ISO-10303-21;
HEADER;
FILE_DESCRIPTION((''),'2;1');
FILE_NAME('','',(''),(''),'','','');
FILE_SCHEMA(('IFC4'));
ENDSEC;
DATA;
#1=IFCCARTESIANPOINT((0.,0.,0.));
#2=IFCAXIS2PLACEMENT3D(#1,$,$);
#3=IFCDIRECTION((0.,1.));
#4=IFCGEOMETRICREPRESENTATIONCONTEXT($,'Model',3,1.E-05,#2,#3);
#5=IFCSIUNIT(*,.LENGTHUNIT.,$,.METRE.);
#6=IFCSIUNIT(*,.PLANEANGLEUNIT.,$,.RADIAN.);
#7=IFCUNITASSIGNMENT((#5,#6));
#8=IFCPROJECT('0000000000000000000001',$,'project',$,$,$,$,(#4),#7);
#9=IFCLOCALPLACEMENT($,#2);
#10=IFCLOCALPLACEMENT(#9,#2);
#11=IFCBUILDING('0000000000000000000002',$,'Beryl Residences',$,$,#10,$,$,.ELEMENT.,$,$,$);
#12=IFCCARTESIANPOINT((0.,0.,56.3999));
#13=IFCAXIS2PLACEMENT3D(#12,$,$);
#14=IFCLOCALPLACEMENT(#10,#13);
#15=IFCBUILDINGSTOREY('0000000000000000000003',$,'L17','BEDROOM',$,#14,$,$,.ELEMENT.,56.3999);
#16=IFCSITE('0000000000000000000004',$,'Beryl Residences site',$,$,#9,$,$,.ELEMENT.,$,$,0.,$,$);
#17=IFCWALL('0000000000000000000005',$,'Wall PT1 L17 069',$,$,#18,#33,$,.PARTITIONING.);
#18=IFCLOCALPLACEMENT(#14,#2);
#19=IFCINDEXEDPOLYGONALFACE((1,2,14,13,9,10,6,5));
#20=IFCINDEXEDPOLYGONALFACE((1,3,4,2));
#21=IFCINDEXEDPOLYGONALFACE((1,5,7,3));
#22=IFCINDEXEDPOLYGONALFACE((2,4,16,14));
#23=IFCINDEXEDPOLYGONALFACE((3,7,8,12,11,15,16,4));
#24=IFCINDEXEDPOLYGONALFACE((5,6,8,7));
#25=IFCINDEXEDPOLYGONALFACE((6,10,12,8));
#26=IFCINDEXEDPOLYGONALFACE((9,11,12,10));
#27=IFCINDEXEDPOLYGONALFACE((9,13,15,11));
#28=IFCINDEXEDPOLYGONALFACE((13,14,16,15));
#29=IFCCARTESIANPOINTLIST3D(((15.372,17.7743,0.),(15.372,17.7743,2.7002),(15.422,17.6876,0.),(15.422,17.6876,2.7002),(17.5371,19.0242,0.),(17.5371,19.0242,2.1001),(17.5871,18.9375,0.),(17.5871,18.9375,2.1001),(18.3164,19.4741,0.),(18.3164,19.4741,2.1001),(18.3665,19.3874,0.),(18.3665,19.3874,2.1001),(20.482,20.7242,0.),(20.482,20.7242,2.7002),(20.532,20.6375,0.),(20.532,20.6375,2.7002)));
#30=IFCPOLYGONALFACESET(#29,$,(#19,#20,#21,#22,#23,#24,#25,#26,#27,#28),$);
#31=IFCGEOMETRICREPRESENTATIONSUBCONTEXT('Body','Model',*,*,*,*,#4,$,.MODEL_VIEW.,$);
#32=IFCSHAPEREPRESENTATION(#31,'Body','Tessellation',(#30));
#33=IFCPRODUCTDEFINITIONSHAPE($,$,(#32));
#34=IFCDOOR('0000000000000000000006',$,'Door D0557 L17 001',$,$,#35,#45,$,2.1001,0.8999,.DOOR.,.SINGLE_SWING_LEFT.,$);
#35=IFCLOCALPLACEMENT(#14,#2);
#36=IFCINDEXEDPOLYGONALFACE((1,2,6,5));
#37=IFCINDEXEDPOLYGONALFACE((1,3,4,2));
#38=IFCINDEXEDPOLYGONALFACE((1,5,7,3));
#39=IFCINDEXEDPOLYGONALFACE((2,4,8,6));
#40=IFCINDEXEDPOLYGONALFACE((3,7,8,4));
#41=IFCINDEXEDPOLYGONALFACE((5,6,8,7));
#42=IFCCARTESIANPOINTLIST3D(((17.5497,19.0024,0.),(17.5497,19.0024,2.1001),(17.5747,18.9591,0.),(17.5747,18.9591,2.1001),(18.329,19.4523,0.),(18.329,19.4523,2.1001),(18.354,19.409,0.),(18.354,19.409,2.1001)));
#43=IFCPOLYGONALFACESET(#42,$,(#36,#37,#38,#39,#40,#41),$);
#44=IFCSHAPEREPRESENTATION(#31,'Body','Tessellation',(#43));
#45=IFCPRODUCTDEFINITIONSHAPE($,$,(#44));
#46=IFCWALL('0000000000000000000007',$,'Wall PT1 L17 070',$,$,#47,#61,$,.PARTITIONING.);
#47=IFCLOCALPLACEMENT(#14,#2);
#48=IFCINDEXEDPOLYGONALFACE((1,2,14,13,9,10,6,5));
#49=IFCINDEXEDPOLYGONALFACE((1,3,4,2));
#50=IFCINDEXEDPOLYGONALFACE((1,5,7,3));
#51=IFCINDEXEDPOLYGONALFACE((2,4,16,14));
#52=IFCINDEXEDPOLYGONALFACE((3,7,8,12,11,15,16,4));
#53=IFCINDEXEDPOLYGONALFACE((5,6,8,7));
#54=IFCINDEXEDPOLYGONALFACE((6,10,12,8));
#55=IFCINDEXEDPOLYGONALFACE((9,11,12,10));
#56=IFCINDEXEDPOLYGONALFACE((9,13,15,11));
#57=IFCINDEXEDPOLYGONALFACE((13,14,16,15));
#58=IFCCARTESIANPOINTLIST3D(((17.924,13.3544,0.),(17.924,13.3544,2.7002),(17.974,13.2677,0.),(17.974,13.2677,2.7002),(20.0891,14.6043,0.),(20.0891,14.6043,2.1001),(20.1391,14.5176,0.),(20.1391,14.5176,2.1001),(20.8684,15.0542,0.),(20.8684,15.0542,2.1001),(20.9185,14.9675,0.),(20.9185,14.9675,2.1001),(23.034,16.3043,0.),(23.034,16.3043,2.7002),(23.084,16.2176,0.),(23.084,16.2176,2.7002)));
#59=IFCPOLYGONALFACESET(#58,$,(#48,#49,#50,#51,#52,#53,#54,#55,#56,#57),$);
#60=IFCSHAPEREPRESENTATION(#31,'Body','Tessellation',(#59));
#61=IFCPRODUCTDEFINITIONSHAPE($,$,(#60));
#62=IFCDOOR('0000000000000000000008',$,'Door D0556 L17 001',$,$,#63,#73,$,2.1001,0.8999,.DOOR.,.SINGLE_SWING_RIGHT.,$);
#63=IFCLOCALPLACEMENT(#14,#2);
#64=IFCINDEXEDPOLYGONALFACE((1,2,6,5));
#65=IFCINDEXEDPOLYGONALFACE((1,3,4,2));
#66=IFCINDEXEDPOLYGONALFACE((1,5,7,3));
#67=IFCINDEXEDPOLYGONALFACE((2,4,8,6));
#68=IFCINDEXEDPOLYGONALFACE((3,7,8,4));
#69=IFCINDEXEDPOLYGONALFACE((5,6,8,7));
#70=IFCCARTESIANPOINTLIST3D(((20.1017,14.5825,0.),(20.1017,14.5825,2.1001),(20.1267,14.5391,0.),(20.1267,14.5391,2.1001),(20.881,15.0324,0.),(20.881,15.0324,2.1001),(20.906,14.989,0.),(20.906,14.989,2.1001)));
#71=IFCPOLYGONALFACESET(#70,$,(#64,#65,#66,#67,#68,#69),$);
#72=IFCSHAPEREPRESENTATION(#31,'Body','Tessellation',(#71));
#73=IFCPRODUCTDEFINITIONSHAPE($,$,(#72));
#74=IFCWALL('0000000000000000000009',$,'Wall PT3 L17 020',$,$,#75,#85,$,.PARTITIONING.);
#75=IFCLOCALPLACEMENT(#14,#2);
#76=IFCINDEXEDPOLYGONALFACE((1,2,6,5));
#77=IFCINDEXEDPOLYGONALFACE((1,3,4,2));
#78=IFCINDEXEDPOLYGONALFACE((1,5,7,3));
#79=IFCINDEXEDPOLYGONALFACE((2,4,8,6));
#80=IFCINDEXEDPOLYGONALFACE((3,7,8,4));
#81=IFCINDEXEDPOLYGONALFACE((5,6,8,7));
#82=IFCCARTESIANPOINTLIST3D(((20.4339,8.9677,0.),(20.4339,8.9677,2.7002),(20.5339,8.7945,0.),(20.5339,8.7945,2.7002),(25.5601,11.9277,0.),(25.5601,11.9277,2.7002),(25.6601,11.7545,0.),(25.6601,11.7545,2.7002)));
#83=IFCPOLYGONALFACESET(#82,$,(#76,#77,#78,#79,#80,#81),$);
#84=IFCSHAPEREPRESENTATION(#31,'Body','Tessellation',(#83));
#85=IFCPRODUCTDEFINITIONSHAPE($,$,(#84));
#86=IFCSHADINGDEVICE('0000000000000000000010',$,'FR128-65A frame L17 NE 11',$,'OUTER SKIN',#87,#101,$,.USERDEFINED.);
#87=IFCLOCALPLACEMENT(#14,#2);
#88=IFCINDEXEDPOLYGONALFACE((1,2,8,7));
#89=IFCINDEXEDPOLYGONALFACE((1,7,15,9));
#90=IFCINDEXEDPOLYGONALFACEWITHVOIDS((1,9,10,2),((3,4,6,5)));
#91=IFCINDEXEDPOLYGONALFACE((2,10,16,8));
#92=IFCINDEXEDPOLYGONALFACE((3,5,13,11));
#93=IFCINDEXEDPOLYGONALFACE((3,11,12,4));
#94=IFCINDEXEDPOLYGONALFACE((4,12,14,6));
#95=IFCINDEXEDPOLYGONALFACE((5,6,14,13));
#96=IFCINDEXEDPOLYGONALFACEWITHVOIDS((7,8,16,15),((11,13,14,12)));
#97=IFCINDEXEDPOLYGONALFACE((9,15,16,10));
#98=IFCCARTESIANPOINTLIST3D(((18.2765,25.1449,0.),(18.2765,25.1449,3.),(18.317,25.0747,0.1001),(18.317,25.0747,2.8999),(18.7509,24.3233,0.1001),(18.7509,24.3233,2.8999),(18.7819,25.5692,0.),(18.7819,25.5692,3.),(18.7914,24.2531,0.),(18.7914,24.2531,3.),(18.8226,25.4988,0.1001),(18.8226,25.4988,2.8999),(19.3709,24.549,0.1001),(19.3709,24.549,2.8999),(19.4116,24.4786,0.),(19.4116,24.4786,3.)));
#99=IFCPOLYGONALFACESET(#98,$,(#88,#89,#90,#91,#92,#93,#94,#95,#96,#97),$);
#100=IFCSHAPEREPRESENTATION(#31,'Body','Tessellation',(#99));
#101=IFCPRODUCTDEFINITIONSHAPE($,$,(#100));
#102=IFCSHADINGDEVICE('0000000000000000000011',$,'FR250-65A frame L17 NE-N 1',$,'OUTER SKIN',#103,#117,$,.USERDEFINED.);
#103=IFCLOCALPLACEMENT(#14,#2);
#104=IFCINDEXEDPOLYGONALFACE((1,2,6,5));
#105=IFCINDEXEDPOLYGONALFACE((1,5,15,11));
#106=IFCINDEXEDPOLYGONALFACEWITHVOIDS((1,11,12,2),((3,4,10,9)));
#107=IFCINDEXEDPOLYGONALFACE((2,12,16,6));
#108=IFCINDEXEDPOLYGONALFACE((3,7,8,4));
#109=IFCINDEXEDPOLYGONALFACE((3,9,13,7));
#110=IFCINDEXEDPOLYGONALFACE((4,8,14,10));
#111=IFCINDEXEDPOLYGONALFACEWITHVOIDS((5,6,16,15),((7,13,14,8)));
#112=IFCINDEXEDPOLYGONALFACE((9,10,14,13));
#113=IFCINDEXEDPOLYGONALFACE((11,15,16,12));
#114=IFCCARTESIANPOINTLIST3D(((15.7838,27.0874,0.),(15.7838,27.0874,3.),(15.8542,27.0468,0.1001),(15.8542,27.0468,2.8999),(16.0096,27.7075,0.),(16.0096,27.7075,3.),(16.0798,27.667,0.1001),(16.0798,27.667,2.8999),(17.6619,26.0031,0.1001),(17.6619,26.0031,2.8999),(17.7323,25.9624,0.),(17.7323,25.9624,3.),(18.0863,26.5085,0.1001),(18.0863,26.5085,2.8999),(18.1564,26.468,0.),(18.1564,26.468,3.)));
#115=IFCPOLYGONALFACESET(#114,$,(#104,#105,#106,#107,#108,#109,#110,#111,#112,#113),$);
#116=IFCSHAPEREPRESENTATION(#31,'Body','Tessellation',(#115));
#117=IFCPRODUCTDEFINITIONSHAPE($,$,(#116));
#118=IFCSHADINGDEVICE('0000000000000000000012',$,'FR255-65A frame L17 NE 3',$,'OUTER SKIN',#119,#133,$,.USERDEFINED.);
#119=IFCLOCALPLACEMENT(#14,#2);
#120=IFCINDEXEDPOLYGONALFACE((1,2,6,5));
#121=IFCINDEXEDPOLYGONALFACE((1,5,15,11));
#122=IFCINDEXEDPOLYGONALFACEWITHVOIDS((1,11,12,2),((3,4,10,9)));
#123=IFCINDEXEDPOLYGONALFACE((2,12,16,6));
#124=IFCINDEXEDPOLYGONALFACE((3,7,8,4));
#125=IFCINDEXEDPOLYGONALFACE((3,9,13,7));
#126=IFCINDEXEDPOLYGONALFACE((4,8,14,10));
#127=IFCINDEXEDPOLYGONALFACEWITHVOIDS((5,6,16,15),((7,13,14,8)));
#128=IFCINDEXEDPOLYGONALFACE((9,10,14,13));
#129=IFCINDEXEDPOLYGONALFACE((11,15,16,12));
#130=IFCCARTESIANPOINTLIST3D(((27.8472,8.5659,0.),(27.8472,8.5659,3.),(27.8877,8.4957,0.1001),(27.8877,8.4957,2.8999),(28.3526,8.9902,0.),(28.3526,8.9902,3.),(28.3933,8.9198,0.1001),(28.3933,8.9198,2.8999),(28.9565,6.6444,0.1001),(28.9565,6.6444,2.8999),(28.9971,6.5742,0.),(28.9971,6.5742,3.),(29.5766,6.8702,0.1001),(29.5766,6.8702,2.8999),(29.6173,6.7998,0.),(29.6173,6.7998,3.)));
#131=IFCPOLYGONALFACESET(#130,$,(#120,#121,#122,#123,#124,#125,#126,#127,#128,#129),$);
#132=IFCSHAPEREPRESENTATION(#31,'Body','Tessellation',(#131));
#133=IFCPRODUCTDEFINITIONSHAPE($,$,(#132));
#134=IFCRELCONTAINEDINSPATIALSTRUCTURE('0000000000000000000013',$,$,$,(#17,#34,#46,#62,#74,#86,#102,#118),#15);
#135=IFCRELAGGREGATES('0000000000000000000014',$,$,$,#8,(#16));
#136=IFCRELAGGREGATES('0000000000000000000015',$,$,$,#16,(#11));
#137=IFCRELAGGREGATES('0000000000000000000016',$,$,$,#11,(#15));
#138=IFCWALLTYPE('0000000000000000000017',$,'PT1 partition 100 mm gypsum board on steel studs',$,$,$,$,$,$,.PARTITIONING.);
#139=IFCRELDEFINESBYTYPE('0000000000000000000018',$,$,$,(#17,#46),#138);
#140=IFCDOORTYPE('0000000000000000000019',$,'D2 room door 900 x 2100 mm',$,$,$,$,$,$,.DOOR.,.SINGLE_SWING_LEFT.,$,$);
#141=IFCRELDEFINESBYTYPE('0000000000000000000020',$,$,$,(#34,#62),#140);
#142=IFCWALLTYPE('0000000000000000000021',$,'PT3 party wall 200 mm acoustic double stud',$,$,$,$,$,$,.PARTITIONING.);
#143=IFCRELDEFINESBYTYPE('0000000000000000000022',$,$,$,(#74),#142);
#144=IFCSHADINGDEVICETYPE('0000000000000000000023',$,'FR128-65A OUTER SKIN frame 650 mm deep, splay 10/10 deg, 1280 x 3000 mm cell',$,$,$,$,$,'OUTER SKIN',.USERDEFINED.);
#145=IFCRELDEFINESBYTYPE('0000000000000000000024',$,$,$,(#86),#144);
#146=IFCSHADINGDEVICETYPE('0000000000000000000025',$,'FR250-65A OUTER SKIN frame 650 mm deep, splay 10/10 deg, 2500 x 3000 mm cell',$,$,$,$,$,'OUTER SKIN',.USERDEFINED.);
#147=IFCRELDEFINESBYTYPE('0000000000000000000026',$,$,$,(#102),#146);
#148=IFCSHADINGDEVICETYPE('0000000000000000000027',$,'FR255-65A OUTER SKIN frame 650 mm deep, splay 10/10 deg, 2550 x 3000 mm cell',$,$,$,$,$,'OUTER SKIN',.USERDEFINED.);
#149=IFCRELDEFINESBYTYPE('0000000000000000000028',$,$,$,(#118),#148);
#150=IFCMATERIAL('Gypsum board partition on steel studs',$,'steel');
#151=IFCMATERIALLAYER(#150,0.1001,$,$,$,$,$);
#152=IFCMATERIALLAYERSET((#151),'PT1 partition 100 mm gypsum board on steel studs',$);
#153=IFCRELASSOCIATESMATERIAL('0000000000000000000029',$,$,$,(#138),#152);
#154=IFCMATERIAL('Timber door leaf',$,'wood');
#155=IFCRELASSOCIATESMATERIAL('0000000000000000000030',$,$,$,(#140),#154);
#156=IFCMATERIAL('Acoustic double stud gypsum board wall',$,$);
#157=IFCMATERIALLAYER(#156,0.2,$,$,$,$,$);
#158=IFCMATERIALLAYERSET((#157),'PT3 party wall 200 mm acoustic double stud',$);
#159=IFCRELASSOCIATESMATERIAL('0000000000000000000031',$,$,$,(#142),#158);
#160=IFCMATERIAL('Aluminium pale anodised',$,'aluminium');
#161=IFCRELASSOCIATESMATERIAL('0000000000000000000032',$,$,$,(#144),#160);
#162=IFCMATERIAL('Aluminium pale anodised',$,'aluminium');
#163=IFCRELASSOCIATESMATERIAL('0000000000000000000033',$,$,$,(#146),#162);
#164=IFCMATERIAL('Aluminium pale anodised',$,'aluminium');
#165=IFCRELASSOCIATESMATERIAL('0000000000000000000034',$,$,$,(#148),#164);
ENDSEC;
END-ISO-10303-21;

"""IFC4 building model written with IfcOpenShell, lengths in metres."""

from ifc_helpers import new_model, entity, si_unit, direction, frame, frame_2d, origin, place, context, subcontext, project, spatial, rectangle, extrude, source, transform, mapped, material, layer, layer_set, type_object, type_shapes, element, fill, save


model = new_model("IFC4")

# Units and contexts
model_context = context("Model", 3, precision=1e-05, world=origin(), true_north=direction((0.0, 1.0)))
body_context = subcontext(model_context, "Body", "Model", "MODEL_VIEW")
ifc_project = project(units=[si_unit("LENGTHUNIT", "METRE"), si_unit("PLANEANGLEUNIT", "RADIAN")], contexts=[model_context])

# Site, building, storey
site_placement = place(None, origin())
site = spatial("IfcSite", under=ifc_project, at=site_placement, Name="Beryl Residences site", CompositionType="ELEMENT", RefElevation=0.0)
building_placement = place(site_placement, origin())
building = spatial("IfcBuilding", under=site, at=building_placement, Name="Beryl Residences", CompositionType="ELEMENT")
storey_placement = place(building_placement, frame((0.0, 0.0, 56.3999)))
storey = spatial("IfcBuildingStorey", under=building, at=storey_placement, Name="L17", Description="BEDROOM", CompositionType="ELEMENT", Elevation=56.3999)

# Walls, openings, doors
ifc_material_1 = material(Name="Gypsum board partition on steel studs", Category="steel")
ifc_layer_1 = layer(ifc_material_1, 0.1001)
ifc_layer_set_1 = layer_set([ifc_layer_1], Name="PT1 partition 100 mm gypsum board on steel studs")
wall_type_1 = type_object("IfcWallType", Name="PT1 partition 100 mm gypsum board on steel studs", PredefinedType="PARTITIONING", material=ifc_layer_set_1)
ifc_material_2 = material(Name="Timber door leaf", Category="wood")
door_type = type_object("IfcDoorType", Name="D2 room door 900 x 2100 mm", OperationType="SINGLE_SWING_LEFT", PredefinedType="DOOR", material=ifc_material_2)
wall_1_placement = place(storey_placement, frame((15.397, 17.731, 0.0), z_axis=(0.0, 0.0, 1.0), x_axis=(0.866053, 0.499953, 0.0)))
wall_1 = element("IfcWall", 1, at=wall_1_placement, inside=storey, type_object=wall_type_1, Name="Wall PT1 L17 069", PredefinedType="PARTITIONING", context=body_context, shape_type="SweptSolid", body=[
    extrude(rectangle(XDim=5.9004, YDim=0.1001, at=frame_2d((2.9502, 0.0))), origin(), (0.0, 0.0, 1.0), 2.7002),
])
opening_1_placement = place(wall_1_placement, frame((2.5, 0.0, 0.0)))
opening_1 = element("IfcOpeningElement", 2, at=opening_1_placement, cuts=wall_1, PredefinedType="OPENING", context=body_context, shape_type="SweptSolid", body=[
    extrude(rectangle(XDim=0.8999, YDim=2.1001, at=frame_2d((0.45, 1.05))), frame((0.0, 0.0601, 0.0), z_axis=(0.0, -1.0, 0.0), x_axis=(1.0, 0.0, 0.0)), (0.0, 0.0, 1.0), 0.1201),
])
door_1_placement = place(opening_1_placement, origin())
door_1 = element("IfcDoor", 3, at=door_1_placement, inside=storey, type_object=door_type, Name="Door D0557 L17 001", OperationType="SINGLE_SWING_LEFT", OverallHeight=2.1001, OverallWidth=0.8999, PredefinedType="DOOR", context=body_context, shape_type="SweptSolid", body=[
    extrude(rectangle(XDim=0.8999, YDim=2.1001, at=frame_2d((0.45, 1.05))), frame((0.0, 0.0249, 0.0), z_axis=(0.0, -1.0, 0.0), x_axis=(1.0, 0.0, 0.0)), (0.0, 0.0, 1.0), 0.05),
])
fill(opening_1, door_1)
wall_2_placement = place(storey_placement, frame((17.949, 13.311, 0.0), z_axis=(0.0, 0.0, 1.0), x_axis=(0.866053, 0.499953, 0.0)))
wall_2 = element("IfcWall", 4, at=wall_2_placement, inside=storey, type_object=wall_type_1, Name="Wall PT1 L17 070", PredefinedType="PARTITIONING", context=body_context, shape_type="SweptSolid", body=[
    extrude(rectangle(XDim=5.9004, YDim=0.1001, at=frame_2d((2.9502, 0.0))), origin(), (0.0, 0.0, 1.0), 2.7002),
])
opening_2_placement = place(wall_2_placement, frame((2.5, 0.0, 0.0)))
opening_2 = element("IfcOpeningElement", 5, at=opening_2_placement, cuts=wall_2, PredefinedType="OPENING", context=body_context, shape_type="SweptSolid", body=[
    extrude(rectangle(XDim=0.8999, YDim=2.1001, at=frame_2d((0.45, 1.05))), frame((0.0, 0.0601, 0.0), z_axis=(0.0, -1.0, 0.0), x_axis=(1.0, 0.0, 0.0)), (0.0, 0.0, 1.0), 0.1201),
])
door_2_placement = place(opening_2_placement, origin())
door_2 = element("IfcDoor", 6, at=door_2_placement, inside=storey, type_object=door_type, Name="Door D0556 L17 001", OperationType="SINGLE_SWING_RIGHT", OverallHeight=2.1001, OverallWidth=0.8999, PredefinedType="DOOR", context=body_context, shape_type="SweptSolid", body=[
    extrude(rectangle(XDim=0.8999, YDim=2.1001, at=frame_2d((0.45, 1.05))), frame((0.0, 0.0249, 0.0), z_axis=(0.0, -1.0, 0.0), x_axis=(1.0, 0.0, 0.0)), (0.0, 0.0, 1.0), 0.05),
])
fill(opening_2, door_2)

# Wall
ifc_material_3 = material(Name="Acoustic double stud gypsum board wall")
ifc_layer_2 = layer(ifc_material_3, 0.2)
ifc_layer_set_2 = layer_set([ifc_layer_2], Name="PT3 party wall 200 mm acoustic double stud")
wall_type_2 = type_object("IfcWallType", Name="PT3 party wall 200 mm acoustic double stud", PredefinedType="PARTITIONING", material=ifc_layer_set_2)
wall_3_placement = place(storey_placement, frame((20.4839, 8.8811, 0.0), z_axis=(0.0, 0.0, 1.0), x_axis=(0.866001, 0.500043, 0.0)))
element("IfcWall", 7, at=wall_3_placement, inside=storey, type_object=wall_type_2, Name="Wall PT3 L17 020", PredefinedType="PARTITIONING", context=body_context, shape_type="SweptSolid", body=[
    extrude(rectangle(XDim=5.9194, YDim=0.2, at=frame_2d((2.9597, 0.0))), origin(), (0.0, 0.0, 1.0), 2.7002),
])

# Shading devices
ifc_material_4 = material(Name="Aluminium pale anodised", Category="aluminium")
shading_device_type_1 = type_object("IfcShadingDeviceType", Name="FR128-65A OUTER SKIN frame 650 mm deep, splay 10/10 deg, 1280 x 3000 mm cell", ElementType="OUTER SKIN", PredefinedType="USERDEFINED", material=ifc_material_4)
cartesian_point_1 = entity("IfcCartesianPoint", [-0.5149, 0.0])
cartesian_point_2 = entity("IfcCartesianPoint", [-0.4338, 0.1001])
cartesian_point_3 = entity("IfcCartesianPoint", [-0.6296, 0.0])
cartesian_point_4 = entity("IfcCartesianPoint", [-0.5483, 0.1001])
shared_shape_1 = source(origin(), body_context, "Body", "SweptSolid", [
    entity("IfcExtrudedAreaSolidTapered", entity("IfcArbitraryProfileDefWithVoids", "AREA", None, entity("IfcPolyline", [cartesian_point_1, entity("IfcCartesianPoint", [0.5149, 0.0]), entity("IfcCartesianPoint", [0.5149, 3.0]), entity("IfcCartesianPoint", [-0.5149, 3.0]), cartesian_point_1]), [entity("IfcPolyline", [cartesian_point_2, entity("IfcCartesianPoint", [0.4338, 0.1001]), entity("IfcCartesianPoint", [0.4338, 2.8999]), entity("IfcCartesianPoint", [-0.4338, 2.8999]), cartesian_point_2])]), entity("IfcAxis2Placement3D", entity("IfcCartesianPoint", [0.0, 0.0, 0.0]), entity("IfcDirection", [0.0, 1.0, 0.0]), entity("IfcDirection", [-1.0, 0.0, 0.0])), entity("IfcDirection", [0.0, 0.0, 1.0]), 0.6499, entity("IfcArbitraryProfileDefWithVoids", "AREA", None, entity("IfcPolyline", [cartesian_point_3, entity("IfcCartesianPoint", [0.6296, 0.0]), entity("IfcCartesianPoint", [0.6296, 3.0]), entity("IfcCartesianPoint", [-0.6296, 3.0]), cartesian_point_3]), [entity("IfcPolyline", [cartesian_point_4, entity("IfcCartesianPoint", [0.5483, 0.1001]), entity("IfcCartesianPoint", [0.5483, 2.8999]), entity("IfcCartesianPoint", [-0.5483, 2.8999]), cartesian_point_4])])),
])
type_shapes(shading_device_type_1, [shared_shape_1])
shading_device_1_placement = place(storey_placement, frame((18.5339, 24.699, 0.0), z_axis=(0.0, 0.0, 1.0), x_axis=(0.5, -0.866025, 0.0)))
element("IfcShadingDevice", 8, at=shading_device_1_placement, inside=storey, type_object=shading_device_type_1, Name="FR128-65A frame L17 NE 11", ObjectType="OUTER SKIN", PredefinedType="USERDEFINED", context=body_context, shape_type="MappedRepresentation", body=[
    mapped(shared_shape_1, transform((0.0, 0.0, 0.0))),
])
ifc_material_5 = material(Name="Aluminium pale anodised", Category="aluminium")
shading_device_type_2 = type_object("IfcShadingDeviceType", Name="FR250-65A OUTER SKIN frame 650 mm deep, splay 10/10 deg, 2500 x 3000 mm cell", ElementType="OUTER SKIN", PredefinedType="USERDEFINED", material=ifc_material_5)
cartesian_point_5 = entity("IfcCartesianPoint", [-1.125, 0.0])
cartesian_point_6 = entity("IfcCartesianPoint", [-1.0437, 0.1001])
cartesian_point_7 = entity("IfcCartesianPoint", [-1.2395, 0.0])
cartesian_point_8 = entity("IfcCartesianPoint", [-1.1584, 0.1001])
shared_shape_2 = source(origin(), body_context, "Body", "SweptSolid", [
    entity("IfcExtrudedAreaSolidTapered", entity("IfcArbitraryProfileDefWithVoids", "AREA", None, entity("IfcPolyline", [cartesian_point_5, entity("IfcCartesianPoint", [1.125, 0.0]), entity("IfcCartesianPoint", [1.125, 3.0]), entity("IfcCartesianPoint", [-1.125, 3.0]), cartesian_point_5]), [entity("IfcPolyline", [cartesian_point_6, entity("IfcCartesianPoint", [1.0437, 0.1001]), entity("IfcCartesianPoint", [1.0437, 2.8999]), entity("IfcCartesianPoint", [-1.0437, 2.8999]), cartesian_point_6])]), entity("IfcAxis2Placement3D", entity("IfcCartesianPoint", [0.0, 0.0, 0.0]), entity("IfcDirection", [0.0, 1.0, 0.0]), entity("IfcDirection", [-1.0, 0.0, 0.0])), entity("IfcDirection", [0.0, 0.0, 1.0]), 0.6499, entity("IfcArbitraryProfileDefWithVoids", "AREA", None, entity("IfcPolyline", [cartesian_point_7, entity("IfcCartesianPoint", [1.2395, 0.0]), entity("IfcCartesianPoint", [1.2395, 3.0]), entity("IfcCartesianPoint", [-1.2395, 3.0]), cartesian_point_7]), [entity("IfcPolyline", [cartesian_point_8, entity("IfcCartesianPoint", [1.1584, 0.1001]), entity("IfcCartesianPoint", [1.1584, 2.8999]), entity("IfcCartesianPoint", [-1.1584, 2.8999]), cartesian_point_8])])),
])
type_shapes(shading_device_type_2, [shared_shape_2])
shading_device_2_placement = place(storey_placement, frame((16.7581, 26.5249, 0.0), z_axis=(0.0, 0.0, 1.0), x_axis=(0.866025, -0.5, 0.0)))
element("IfcShadingDevice", 9, at=shading_device_2_placement, inside=storey, type_object=shading_device_type_2, Name="FR250-65A frame L17 NE-N 1", ObjectType="OUTER SKIN", PredefinedType="USERDEFINED", context=body_context, shape_type="MappedRepresentation", body=[
    mapped(shared_shape_2, transform((0.0, 0.0, 0.0))),
])
ifc_material_6 = material(Name="Aluminium pale anodised", Category="aluminium")
shading_device_type_3 = type_object("IfcShadingDeviceType", Name="FR255-65A OUTER SKIN frame 650 mm deep, splay 10/10 deg, 2550 x 3000 mm cell", ElementType="OUTER SKIN", PredefinedType="USERDEFINED", material=ifc_material_6)
cartesian_point_9 = entity("IfcCartesianPoint", [-1.1499, 0.0])
cartesian_point_10 = entity("IfcCartesianPoint", [-1.0688, 0.1001])
cartesian_point_11 = entity("IfcCartesianPoint", [-1.2646, 0.0])
cartesian_point_12 = entity("IfcCartesianPoint", [-1.1833, 0.1001])
shared_shape_3 = source(origin(), body_context, "Body", "SweptSolid", [
    entity("IfcExtrudedAreaSolidTapered", entity("IfcArbitraryProfileDefWithVoids", "AREA", None, entity("IfcPolyline", [cartesian_point_9, entity("IfcCartesianPoint", [1.1499, 0.0]), entity("IfcCartesianPoint", [1.1499, 3.0]), entity("IfcCartesianPoint", [-1.1499, 3.0]), cartesian_point_9]), [entity("IfcPolyline", [cartesian_point_10, entity("IfcCartesianPoint", [1.0688, 0.1001]), entity("IfcCartesianPoint", [1.0688, 2.8999]), entity("IfcCartesianPoint", [-1.0688, 2.8999]), cartesian_point_10])]), entity("IfcAxis2Placement3D", entity("IfcCartesianPoint", [0.0, 0.0, 0.0]), entity("IfcDirection", [0.0, 1.0, 0.0]), entity("IfcDirection", [-1.0, 0.0, 0.0])), entity("IfcDirection", [0.0, 0.0, 1.0]), 0.6499, entity("IfcArbitraryProfileDefWithVoids", "AREA", None, entity("IfcPolyline", [cartesian_point_11, entity("IfcCartesianPoint", [1.2646, 0.0]), entity("IfcCartesianPoint", [1.2646, 3.0]), entity("IfcCartesianPoint", [-1.2646, 3.0]), cartesian_point_11]), [entity("IfcPolyline", [cartesian_point_12, entity("IfcCartesianPoint", [1.1833, 0.1001]), entity("IfcCartesianPoint", [1.1833, 2.8999]), entity("IfcCartesianPoint", [-1.1833, 2.8999]), cartesian_point_12])])),
])
type_shapes(shading_device_type_3, [shared_shape_3])
for number, where, z_axis, x_axis, name in (
    (10, (28.4221, 7.5701, 0.0), (0.0, 0.0, 1.0), (0.5, -0.866025, 0.0), "FR255-65A frame L17 NE 3"),
):
    element("IfcShadingDevice", number, at=place(storey_placement, frame(where, z_axis=z_axis, x_axis=x_axis)), inside=storey, type_object=shading_device_type_3, Name=name, ObjectType="OUTER SKIN", PredefinedType="USERDEFINED", context=body_context, shape_type="MappedRepresentation", body=[
        mapped(shared_shape_3, transform((0.0, 0.0, 0.0))),
    ])

save(model, "model.ifc")
